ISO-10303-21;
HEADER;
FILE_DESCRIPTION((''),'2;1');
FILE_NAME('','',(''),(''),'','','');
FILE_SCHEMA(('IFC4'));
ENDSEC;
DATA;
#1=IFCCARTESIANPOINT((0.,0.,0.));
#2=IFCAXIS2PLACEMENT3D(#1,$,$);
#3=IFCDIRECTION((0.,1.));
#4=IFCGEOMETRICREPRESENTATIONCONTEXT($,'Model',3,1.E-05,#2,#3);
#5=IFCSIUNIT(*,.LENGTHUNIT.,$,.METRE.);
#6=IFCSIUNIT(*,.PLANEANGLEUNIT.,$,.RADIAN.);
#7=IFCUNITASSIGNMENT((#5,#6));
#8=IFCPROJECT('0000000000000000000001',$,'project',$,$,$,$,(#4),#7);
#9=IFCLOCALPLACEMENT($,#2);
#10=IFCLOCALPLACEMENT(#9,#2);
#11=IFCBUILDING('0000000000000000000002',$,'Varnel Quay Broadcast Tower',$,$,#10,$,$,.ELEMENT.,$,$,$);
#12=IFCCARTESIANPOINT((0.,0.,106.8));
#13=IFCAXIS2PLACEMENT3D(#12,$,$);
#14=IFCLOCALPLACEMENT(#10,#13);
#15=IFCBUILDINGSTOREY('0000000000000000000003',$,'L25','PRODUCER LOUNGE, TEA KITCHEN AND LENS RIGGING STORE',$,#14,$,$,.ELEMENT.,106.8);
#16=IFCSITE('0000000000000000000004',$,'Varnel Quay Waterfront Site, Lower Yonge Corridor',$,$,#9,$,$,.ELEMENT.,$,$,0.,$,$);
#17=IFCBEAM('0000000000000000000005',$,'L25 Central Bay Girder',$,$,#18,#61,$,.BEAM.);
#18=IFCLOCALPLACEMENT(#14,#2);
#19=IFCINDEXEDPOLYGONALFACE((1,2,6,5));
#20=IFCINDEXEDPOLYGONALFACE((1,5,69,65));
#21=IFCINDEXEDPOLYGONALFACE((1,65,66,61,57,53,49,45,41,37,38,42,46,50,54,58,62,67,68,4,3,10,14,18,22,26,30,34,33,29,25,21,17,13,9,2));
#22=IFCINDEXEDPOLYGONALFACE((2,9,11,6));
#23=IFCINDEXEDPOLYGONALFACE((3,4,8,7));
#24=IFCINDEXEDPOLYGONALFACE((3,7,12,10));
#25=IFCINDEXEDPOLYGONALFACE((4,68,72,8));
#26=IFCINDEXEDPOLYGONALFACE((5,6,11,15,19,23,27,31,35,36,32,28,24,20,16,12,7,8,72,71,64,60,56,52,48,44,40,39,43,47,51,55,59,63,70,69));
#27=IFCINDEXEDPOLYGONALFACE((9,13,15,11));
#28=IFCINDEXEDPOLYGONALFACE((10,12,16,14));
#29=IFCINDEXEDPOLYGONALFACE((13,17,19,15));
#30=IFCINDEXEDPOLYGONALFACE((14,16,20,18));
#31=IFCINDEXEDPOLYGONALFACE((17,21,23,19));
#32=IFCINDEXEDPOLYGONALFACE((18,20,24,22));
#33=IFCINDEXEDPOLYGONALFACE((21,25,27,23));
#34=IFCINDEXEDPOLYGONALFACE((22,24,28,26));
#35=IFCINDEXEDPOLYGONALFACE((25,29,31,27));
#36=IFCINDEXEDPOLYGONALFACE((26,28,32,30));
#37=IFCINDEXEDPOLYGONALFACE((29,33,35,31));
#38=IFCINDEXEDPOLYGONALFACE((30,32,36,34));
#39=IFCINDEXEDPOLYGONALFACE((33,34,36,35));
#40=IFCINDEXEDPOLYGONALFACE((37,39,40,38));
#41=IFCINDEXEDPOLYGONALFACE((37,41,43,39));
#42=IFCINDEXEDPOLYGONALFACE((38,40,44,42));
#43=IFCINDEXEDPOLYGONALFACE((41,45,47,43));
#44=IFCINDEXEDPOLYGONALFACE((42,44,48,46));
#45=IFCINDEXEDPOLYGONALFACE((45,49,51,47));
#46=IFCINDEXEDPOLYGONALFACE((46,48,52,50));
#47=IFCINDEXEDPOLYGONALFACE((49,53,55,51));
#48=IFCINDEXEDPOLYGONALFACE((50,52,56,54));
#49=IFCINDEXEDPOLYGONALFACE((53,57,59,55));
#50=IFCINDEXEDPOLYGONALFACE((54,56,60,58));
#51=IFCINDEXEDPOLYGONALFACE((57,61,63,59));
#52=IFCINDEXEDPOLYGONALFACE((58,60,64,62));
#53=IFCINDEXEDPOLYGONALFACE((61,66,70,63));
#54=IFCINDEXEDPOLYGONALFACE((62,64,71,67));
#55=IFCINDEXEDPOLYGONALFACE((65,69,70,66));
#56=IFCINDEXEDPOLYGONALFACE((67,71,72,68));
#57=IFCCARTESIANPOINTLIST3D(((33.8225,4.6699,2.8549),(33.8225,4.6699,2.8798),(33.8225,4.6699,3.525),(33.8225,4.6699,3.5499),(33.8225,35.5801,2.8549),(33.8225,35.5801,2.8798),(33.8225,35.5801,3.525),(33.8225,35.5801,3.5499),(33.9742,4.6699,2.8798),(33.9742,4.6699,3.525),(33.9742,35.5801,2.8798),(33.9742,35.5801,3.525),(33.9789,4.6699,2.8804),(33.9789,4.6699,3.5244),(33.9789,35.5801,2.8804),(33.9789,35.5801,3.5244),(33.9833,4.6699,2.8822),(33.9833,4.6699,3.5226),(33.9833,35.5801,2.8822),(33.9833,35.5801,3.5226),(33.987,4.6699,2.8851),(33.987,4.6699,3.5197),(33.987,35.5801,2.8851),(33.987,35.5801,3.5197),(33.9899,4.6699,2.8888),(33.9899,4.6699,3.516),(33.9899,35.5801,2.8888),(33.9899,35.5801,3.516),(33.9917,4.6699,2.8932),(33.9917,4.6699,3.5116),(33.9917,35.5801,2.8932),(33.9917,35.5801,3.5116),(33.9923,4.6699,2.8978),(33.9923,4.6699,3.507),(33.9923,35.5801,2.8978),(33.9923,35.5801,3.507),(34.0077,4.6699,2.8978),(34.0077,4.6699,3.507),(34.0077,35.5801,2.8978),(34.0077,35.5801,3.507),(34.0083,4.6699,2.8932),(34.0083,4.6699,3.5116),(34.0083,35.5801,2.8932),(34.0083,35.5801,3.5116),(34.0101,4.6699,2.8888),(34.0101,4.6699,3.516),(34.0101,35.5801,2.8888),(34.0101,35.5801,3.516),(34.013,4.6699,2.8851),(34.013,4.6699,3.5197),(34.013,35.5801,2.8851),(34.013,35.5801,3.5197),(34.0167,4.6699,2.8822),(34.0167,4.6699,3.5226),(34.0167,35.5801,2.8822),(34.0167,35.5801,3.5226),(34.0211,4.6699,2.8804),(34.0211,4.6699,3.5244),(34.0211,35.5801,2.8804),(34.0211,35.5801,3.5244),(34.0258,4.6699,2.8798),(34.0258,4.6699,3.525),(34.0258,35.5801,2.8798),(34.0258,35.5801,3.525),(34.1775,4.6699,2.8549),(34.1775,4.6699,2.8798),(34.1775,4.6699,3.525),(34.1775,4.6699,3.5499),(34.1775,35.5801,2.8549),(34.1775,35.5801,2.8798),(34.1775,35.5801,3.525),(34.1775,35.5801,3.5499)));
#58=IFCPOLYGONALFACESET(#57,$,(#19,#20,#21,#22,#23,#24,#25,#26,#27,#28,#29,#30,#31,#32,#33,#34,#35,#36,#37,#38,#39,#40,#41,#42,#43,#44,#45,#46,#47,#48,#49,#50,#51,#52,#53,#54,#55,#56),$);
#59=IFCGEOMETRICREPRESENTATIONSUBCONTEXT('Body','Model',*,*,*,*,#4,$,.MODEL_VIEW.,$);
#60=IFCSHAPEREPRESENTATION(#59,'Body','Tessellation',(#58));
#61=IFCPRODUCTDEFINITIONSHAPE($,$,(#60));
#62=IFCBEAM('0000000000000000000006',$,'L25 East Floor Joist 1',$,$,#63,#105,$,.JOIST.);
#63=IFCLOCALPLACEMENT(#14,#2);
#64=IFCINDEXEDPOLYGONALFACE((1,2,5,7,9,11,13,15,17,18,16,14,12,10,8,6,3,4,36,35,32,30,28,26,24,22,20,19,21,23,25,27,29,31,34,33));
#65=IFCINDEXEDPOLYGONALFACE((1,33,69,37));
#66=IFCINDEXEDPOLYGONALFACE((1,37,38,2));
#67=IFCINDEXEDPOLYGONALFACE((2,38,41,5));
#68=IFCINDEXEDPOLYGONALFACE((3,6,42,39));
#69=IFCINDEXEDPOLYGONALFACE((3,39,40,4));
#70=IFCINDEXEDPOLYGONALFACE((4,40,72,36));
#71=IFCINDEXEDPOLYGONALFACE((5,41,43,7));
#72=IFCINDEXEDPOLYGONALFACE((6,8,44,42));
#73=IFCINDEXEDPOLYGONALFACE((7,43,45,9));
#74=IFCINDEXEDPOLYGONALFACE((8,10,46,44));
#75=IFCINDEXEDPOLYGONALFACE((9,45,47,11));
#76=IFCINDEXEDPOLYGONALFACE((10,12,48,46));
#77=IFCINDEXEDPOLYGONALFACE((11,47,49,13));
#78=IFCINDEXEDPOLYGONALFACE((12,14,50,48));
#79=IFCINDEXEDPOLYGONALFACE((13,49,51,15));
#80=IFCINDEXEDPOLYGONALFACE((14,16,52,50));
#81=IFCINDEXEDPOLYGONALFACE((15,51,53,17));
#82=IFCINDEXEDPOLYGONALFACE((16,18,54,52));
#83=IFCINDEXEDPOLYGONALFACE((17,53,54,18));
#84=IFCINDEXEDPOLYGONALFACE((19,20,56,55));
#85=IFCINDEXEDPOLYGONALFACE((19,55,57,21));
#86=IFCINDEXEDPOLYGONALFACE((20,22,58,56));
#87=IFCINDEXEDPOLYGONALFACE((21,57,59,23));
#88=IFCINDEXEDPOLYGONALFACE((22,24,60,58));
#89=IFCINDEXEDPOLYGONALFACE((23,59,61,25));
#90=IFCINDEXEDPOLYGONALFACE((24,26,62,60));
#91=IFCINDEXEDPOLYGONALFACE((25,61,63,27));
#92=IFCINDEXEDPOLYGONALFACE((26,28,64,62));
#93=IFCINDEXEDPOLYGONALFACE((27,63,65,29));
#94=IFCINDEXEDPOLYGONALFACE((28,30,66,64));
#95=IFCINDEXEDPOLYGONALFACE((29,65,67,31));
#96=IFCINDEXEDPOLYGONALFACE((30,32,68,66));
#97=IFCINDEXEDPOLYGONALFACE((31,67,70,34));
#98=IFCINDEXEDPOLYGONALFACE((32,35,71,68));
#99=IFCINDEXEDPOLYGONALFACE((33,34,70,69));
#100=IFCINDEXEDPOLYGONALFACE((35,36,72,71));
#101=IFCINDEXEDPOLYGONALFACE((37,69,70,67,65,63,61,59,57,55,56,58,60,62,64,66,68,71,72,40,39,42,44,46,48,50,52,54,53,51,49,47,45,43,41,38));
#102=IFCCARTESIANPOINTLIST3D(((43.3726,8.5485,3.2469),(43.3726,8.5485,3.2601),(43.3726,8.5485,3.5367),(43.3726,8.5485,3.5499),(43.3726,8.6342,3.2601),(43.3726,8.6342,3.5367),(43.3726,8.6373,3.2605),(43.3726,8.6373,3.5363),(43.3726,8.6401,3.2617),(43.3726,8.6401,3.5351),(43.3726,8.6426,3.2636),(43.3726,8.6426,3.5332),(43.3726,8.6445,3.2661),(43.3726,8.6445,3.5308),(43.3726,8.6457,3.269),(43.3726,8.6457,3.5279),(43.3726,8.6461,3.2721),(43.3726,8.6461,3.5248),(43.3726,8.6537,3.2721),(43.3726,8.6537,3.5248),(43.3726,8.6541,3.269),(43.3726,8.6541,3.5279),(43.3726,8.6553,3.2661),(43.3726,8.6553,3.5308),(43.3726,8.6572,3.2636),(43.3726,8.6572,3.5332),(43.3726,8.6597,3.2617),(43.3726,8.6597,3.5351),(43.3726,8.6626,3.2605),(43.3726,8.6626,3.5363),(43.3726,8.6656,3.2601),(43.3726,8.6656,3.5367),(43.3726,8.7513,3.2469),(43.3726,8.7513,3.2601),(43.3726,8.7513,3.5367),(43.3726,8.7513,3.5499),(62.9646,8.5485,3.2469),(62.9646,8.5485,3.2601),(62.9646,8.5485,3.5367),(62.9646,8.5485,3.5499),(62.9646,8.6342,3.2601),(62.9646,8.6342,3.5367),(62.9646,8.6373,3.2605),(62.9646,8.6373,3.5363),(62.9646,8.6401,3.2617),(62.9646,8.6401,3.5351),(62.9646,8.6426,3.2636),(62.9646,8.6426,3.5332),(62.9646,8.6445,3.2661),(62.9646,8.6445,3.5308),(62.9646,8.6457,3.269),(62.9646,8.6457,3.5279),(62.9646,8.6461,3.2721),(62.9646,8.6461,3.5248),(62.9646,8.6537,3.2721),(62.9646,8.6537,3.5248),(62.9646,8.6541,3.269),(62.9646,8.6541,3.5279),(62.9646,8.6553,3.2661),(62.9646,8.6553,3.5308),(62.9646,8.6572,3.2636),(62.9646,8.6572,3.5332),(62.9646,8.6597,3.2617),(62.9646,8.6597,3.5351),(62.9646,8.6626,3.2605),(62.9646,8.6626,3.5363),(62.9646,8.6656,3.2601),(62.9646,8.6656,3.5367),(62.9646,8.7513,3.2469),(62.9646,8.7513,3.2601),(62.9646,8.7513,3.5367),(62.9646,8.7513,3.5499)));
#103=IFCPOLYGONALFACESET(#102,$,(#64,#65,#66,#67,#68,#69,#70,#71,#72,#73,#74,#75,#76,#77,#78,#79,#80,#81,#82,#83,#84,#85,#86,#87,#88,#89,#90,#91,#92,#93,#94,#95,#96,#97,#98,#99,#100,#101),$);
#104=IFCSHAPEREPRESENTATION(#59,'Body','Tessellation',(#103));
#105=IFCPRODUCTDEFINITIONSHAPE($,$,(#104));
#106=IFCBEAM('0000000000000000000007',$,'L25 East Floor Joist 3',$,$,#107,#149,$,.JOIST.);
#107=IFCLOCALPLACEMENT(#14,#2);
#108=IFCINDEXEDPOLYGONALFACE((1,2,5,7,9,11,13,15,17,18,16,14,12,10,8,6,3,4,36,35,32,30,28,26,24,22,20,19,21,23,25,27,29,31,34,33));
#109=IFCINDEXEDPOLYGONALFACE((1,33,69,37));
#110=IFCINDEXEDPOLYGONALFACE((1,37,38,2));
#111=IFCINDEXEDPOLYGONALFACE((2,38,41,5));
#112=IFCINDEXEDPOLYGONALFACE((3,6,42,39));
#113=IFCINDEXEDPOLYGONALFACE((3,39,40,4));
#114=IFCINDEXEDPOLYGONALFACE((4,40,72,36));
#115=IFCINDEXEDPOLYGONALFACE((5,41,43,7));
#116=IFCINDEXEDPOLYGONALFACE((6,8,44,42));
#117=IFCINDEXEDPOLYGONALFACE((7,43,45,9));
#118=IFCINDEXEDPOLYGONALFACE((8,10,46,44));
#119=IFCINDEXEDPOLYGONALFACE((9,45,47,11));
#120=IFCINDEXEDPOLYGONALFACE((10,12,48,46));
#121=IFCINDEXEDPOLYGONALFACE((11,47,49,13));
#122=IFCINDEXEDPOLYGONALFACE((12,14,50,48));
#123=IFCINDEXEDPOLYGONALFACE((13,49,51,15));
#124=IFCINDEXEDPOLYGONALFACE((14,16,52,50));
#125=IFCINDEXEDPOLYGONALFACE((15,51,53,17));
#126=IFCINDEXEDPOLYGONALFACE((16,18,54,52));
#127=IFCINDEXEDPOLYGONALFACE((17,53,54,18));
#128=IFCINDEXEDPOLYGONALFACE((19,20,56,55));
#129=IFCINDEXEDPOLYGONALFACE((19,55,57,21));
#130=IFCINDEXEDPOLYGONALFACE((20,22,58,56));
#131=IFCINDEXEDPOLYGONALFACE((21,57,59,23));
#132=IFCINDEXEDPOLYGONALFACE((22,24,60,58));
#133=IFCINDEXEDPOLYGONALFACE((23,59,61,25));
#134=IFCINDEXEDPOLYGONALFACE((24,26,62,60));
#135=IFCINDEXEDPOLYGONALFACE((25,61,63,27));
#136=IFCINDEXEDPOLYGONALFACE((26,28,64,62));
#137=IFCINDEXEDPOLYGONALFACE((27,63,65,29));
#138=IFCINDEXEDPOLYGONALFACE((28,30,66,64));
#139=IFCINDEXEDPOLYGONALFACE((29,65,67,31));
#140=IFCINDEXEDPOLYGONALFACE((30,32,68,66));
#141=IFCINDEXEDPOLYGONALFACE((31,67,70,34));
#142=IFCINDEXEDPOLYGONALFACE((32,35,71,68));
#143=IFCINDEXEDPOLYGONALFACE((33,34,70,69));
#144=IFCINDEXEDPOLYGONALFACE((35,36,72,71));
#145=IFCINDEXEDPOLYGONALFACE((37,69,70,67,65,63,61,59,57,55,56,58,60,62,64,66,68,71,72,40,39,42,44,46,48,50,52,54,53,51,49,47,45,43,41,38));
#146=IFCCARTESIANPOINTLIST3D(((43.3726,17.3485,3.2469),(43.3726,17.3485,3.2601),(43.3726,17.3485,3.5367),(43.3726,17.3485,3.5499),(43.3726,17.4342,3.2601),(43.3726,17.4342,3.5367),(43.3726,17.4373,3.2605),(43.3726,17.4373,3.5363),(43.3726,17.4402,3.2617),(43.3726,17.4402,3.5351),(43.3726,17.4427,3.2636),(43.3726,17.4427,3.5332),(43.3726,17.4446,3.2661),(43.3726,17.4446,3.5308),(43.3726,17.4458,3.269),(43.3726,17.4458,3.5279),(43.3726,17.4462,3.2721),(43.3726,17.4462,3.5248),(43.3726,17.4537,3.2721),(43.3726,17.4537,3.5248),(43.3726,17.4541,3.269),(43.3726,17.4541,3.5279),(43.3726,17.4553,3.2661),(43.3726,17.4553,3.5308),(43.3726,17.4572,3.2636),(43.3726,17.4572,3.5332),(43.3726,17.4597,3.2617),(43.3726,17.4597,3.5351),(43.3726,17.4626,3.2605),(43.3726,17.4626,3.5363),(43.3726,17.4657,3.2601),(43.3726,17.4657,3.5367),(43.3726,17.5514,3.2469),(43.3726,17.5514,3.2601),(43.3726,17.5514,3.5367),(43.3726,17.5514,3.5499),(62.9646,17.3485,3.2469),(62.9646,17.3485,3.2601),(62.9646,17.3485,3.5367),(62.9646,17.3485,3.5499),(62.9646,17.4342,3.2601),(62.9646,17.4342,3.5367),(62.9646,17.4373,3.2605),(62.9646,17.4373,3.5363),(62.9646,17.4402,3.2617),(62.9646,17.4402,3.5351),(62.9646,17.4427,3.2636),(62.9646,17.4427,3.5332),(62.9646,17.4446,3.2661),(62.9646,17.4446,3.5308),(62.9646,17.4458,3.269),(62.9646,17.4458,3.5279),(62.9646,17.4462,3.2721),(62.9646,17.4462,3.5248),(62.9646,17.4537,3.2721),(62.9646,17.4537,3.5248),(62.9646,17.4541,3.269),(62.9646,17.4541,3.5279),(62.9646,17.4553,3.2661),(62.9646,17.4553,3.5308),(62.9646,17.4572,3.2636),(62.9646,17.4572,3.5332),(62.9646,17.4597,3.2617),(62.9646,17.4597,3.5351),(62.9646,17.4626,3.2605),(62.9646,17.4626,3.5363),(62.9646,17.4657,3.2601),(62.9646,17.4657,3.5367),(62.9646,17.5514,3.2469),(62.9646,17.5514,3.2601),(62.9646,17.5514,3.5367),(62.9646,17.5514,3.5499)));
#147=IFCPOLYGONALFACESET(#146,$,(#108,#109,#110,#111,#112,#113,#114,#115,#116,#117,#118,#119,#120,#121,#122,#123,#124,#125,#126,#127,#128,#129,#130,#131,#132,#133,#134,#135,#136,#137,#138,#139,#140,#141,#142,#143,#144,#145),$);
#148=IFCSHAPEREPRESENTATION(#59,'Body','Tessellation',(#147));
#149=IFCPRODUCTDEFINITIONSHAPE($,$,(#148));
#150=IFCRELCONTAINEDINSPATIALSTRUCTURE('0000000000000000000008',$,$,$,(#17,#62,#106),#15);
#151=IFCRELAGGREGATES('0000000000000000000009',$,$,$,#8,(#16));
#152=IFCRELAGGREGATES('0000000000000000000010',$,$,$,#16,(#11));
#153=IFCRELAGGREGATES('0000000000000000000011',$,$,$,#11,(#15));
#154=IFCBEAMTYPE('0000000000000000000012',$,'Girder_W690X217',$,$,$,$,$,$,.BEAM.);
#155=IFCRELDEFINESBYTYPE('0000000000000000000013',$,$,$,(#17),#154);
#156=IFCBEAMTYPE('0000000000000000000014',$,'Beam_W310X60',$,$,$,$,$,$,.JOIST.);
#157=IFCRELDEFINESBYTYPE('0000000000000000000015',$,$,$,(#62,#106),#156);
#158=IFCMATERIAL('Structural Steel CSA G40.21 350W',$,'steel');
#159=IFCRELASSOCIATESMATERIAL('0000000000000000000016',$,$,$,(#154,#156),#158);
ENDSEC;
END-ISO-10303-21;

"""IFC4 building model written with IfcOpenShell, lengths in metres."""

from ifc_helpers import new_model, si_unit, direction, frame, origin, origin_2d, place, context, subcontext, project, spatial, i_section, extrude, source, transform, mapped, material, material_profile, profile_set, type_object, type_shapes, element, save


model = new_model("IFC4")

# Units and contexts
model_context = context("Model", 3, precision=1e-05, world=origin(), true_north=direction((0.0, 1.0)))
body_context = subcontext(model_context, "Body", "Model", "MODEL_VIEW")
ifc_project = project(units=[si_unit("LENGTHUNIT", "METRE"), si_unit("PLANEANGLEUNIT", "RADIAN")], contexts=[model_context])

# Site, building, storey
site_placement = place(None, origin())
site = spatial("IfcSite", under=ifc_project, at=site_placement, Name="Varnel Quay Waterfront Site, Lower Yonge Corridor", CompositionType="ELEMENT", RefElevation=0.0)
building_placement = place(site_placement, origin())
building = spatial("IfcBuilding", under=site, at=building_placement, Name="Varnel Quay Broadcast Tower", CompositionType="ELEMENT")
storey_placement = place(building_placement, frame((0.0, 0.0, 106.8)))
storey = spatial("IfcBuildingStorey", under=building, at=storey_placement, Name="L25", Description="PRODUCER LOUNGE, TEA KITCHEN AND LENS RIGGING STORE", CompositionType="ELEMENT", Elevation=106.8)

# Shared definitions
ifc_material_1 = material(Name="Structural Steel CSA G40.21 350W", Category="steel")

# Beams
ifc_material_profile_1 = material_profile(ifc_material_1, i_section(OverallWidth=0.355, OverallDepth=0.6951, WebThickness=0.0154, FlangeThickness=0.0249, FilletRadius=0.0181, at=origin_2d()), Name="W690X217")
ifc_profile_set_1 = profile_set([ifc_material_profile_1], Name="Structural Steel CSA G40.21 350W")
beam_type_1 = type_object("IfcBeamType", Name="Girder_W690X217", PredefinedType="BEAM", material=ifc_profile_set_1)
shared_shape_1 = source(origin(), body_context, "Body", "SweptSolid", [
    extrude(i_section(OverallWidth=0.355, OverallDepth=0.6951, WebThickness=0.0154, FlangeThickness=0.0249, FilletRadius=0.0181, at=origin_2d()), origin(), (0.0, 0.0, 1.0), 30.9102),
])
beam_1_placement = place(storey_placement, frame((34.0, 4.6699, 3.2024), z_axis=(0.0, 1.0, 0.0), x_axis=(-1.0, 0.0, 0.0)))
element("IfcBeam", 1, at=beam_1_placement, inside=storey, type_object=beam_type_1, Name="L25 Central Bay Girder", PredefinedType="BEAM", context=body_context, shape_type="MappedRepresentation", body=[
    mapped(shared_shape_1, transform((0.0, 0.0, 0.0), x_axis=(1.0, 0.0, 0.0), y_axis=(0.0, 1.0, 0.0), z_axis=(0.0, 0.0, 1.0), scale=1.0)),
])
ifc_material_profile_2 = material_profile(ifc_material_1, i_section(OverallWidth=0.2029, OverallDepth=0.303, WebThickness=0.0076, FlangeThickness=0.0132, FilletRadius=0.012, at=origin_2d()), Name="W310X60")
ifc_profile_set_2 = profile_set([ifc_material_profile_2], Name="Structural Steel CSA G40.21 350W")
beam_type_2 = type_object("IfcBeamType", Name="Beam_W310X60", PredefinedType="JOIST", material=ifc_profile_set_2)
shared_shape_2 = source(origin(), body_context, "Body", "SweptSolid", [
    extrude(i_section(OverallWidth=0.2029, OverallDepth=0.303, WebThickness=0.0076, FlangeThickness=0.0132, FilletRadius=0.012, at=origin_2d()), origin(), (0.0, 0.0, 1.0), 19.592),
])
type_shapes(beam_type_2, [shared_shape_2])
for number, where, z_axis, x_axis, name in (
    (2, (43.3726, 8.6499, 3.3984), (1.0, 0.0, 0.0), (0.0, 1.0, 0.0), "L25 East Floor Joist 1"),
    (3, (43.3726, 17.45, 3.3984), (1.0, 0.0, 0.0), (0.0, 1.0, 0.0), "L25 East Floor Joist 3"),
):
    element("IfcBeam", number, at=place(storey_placement, frame(where, z_axis=z_axis, x_axis=x_axis)), inside=storey, type_object=beam_type_2, Name=name, PredefinedType="JOIST", context=body_context, shape_type="MappedRepresentation", body=[
        mapped(shared_shape_2, transform((0.0, 0.0, 0.0), x_axis=(1.0, 0.0, 0.0), y_axis=(0.0, 1.0, 0.0), z_axis=(0.0, 0.0, 1.0), scale=1.0)),
    ])

save(model, "model.ifc")
